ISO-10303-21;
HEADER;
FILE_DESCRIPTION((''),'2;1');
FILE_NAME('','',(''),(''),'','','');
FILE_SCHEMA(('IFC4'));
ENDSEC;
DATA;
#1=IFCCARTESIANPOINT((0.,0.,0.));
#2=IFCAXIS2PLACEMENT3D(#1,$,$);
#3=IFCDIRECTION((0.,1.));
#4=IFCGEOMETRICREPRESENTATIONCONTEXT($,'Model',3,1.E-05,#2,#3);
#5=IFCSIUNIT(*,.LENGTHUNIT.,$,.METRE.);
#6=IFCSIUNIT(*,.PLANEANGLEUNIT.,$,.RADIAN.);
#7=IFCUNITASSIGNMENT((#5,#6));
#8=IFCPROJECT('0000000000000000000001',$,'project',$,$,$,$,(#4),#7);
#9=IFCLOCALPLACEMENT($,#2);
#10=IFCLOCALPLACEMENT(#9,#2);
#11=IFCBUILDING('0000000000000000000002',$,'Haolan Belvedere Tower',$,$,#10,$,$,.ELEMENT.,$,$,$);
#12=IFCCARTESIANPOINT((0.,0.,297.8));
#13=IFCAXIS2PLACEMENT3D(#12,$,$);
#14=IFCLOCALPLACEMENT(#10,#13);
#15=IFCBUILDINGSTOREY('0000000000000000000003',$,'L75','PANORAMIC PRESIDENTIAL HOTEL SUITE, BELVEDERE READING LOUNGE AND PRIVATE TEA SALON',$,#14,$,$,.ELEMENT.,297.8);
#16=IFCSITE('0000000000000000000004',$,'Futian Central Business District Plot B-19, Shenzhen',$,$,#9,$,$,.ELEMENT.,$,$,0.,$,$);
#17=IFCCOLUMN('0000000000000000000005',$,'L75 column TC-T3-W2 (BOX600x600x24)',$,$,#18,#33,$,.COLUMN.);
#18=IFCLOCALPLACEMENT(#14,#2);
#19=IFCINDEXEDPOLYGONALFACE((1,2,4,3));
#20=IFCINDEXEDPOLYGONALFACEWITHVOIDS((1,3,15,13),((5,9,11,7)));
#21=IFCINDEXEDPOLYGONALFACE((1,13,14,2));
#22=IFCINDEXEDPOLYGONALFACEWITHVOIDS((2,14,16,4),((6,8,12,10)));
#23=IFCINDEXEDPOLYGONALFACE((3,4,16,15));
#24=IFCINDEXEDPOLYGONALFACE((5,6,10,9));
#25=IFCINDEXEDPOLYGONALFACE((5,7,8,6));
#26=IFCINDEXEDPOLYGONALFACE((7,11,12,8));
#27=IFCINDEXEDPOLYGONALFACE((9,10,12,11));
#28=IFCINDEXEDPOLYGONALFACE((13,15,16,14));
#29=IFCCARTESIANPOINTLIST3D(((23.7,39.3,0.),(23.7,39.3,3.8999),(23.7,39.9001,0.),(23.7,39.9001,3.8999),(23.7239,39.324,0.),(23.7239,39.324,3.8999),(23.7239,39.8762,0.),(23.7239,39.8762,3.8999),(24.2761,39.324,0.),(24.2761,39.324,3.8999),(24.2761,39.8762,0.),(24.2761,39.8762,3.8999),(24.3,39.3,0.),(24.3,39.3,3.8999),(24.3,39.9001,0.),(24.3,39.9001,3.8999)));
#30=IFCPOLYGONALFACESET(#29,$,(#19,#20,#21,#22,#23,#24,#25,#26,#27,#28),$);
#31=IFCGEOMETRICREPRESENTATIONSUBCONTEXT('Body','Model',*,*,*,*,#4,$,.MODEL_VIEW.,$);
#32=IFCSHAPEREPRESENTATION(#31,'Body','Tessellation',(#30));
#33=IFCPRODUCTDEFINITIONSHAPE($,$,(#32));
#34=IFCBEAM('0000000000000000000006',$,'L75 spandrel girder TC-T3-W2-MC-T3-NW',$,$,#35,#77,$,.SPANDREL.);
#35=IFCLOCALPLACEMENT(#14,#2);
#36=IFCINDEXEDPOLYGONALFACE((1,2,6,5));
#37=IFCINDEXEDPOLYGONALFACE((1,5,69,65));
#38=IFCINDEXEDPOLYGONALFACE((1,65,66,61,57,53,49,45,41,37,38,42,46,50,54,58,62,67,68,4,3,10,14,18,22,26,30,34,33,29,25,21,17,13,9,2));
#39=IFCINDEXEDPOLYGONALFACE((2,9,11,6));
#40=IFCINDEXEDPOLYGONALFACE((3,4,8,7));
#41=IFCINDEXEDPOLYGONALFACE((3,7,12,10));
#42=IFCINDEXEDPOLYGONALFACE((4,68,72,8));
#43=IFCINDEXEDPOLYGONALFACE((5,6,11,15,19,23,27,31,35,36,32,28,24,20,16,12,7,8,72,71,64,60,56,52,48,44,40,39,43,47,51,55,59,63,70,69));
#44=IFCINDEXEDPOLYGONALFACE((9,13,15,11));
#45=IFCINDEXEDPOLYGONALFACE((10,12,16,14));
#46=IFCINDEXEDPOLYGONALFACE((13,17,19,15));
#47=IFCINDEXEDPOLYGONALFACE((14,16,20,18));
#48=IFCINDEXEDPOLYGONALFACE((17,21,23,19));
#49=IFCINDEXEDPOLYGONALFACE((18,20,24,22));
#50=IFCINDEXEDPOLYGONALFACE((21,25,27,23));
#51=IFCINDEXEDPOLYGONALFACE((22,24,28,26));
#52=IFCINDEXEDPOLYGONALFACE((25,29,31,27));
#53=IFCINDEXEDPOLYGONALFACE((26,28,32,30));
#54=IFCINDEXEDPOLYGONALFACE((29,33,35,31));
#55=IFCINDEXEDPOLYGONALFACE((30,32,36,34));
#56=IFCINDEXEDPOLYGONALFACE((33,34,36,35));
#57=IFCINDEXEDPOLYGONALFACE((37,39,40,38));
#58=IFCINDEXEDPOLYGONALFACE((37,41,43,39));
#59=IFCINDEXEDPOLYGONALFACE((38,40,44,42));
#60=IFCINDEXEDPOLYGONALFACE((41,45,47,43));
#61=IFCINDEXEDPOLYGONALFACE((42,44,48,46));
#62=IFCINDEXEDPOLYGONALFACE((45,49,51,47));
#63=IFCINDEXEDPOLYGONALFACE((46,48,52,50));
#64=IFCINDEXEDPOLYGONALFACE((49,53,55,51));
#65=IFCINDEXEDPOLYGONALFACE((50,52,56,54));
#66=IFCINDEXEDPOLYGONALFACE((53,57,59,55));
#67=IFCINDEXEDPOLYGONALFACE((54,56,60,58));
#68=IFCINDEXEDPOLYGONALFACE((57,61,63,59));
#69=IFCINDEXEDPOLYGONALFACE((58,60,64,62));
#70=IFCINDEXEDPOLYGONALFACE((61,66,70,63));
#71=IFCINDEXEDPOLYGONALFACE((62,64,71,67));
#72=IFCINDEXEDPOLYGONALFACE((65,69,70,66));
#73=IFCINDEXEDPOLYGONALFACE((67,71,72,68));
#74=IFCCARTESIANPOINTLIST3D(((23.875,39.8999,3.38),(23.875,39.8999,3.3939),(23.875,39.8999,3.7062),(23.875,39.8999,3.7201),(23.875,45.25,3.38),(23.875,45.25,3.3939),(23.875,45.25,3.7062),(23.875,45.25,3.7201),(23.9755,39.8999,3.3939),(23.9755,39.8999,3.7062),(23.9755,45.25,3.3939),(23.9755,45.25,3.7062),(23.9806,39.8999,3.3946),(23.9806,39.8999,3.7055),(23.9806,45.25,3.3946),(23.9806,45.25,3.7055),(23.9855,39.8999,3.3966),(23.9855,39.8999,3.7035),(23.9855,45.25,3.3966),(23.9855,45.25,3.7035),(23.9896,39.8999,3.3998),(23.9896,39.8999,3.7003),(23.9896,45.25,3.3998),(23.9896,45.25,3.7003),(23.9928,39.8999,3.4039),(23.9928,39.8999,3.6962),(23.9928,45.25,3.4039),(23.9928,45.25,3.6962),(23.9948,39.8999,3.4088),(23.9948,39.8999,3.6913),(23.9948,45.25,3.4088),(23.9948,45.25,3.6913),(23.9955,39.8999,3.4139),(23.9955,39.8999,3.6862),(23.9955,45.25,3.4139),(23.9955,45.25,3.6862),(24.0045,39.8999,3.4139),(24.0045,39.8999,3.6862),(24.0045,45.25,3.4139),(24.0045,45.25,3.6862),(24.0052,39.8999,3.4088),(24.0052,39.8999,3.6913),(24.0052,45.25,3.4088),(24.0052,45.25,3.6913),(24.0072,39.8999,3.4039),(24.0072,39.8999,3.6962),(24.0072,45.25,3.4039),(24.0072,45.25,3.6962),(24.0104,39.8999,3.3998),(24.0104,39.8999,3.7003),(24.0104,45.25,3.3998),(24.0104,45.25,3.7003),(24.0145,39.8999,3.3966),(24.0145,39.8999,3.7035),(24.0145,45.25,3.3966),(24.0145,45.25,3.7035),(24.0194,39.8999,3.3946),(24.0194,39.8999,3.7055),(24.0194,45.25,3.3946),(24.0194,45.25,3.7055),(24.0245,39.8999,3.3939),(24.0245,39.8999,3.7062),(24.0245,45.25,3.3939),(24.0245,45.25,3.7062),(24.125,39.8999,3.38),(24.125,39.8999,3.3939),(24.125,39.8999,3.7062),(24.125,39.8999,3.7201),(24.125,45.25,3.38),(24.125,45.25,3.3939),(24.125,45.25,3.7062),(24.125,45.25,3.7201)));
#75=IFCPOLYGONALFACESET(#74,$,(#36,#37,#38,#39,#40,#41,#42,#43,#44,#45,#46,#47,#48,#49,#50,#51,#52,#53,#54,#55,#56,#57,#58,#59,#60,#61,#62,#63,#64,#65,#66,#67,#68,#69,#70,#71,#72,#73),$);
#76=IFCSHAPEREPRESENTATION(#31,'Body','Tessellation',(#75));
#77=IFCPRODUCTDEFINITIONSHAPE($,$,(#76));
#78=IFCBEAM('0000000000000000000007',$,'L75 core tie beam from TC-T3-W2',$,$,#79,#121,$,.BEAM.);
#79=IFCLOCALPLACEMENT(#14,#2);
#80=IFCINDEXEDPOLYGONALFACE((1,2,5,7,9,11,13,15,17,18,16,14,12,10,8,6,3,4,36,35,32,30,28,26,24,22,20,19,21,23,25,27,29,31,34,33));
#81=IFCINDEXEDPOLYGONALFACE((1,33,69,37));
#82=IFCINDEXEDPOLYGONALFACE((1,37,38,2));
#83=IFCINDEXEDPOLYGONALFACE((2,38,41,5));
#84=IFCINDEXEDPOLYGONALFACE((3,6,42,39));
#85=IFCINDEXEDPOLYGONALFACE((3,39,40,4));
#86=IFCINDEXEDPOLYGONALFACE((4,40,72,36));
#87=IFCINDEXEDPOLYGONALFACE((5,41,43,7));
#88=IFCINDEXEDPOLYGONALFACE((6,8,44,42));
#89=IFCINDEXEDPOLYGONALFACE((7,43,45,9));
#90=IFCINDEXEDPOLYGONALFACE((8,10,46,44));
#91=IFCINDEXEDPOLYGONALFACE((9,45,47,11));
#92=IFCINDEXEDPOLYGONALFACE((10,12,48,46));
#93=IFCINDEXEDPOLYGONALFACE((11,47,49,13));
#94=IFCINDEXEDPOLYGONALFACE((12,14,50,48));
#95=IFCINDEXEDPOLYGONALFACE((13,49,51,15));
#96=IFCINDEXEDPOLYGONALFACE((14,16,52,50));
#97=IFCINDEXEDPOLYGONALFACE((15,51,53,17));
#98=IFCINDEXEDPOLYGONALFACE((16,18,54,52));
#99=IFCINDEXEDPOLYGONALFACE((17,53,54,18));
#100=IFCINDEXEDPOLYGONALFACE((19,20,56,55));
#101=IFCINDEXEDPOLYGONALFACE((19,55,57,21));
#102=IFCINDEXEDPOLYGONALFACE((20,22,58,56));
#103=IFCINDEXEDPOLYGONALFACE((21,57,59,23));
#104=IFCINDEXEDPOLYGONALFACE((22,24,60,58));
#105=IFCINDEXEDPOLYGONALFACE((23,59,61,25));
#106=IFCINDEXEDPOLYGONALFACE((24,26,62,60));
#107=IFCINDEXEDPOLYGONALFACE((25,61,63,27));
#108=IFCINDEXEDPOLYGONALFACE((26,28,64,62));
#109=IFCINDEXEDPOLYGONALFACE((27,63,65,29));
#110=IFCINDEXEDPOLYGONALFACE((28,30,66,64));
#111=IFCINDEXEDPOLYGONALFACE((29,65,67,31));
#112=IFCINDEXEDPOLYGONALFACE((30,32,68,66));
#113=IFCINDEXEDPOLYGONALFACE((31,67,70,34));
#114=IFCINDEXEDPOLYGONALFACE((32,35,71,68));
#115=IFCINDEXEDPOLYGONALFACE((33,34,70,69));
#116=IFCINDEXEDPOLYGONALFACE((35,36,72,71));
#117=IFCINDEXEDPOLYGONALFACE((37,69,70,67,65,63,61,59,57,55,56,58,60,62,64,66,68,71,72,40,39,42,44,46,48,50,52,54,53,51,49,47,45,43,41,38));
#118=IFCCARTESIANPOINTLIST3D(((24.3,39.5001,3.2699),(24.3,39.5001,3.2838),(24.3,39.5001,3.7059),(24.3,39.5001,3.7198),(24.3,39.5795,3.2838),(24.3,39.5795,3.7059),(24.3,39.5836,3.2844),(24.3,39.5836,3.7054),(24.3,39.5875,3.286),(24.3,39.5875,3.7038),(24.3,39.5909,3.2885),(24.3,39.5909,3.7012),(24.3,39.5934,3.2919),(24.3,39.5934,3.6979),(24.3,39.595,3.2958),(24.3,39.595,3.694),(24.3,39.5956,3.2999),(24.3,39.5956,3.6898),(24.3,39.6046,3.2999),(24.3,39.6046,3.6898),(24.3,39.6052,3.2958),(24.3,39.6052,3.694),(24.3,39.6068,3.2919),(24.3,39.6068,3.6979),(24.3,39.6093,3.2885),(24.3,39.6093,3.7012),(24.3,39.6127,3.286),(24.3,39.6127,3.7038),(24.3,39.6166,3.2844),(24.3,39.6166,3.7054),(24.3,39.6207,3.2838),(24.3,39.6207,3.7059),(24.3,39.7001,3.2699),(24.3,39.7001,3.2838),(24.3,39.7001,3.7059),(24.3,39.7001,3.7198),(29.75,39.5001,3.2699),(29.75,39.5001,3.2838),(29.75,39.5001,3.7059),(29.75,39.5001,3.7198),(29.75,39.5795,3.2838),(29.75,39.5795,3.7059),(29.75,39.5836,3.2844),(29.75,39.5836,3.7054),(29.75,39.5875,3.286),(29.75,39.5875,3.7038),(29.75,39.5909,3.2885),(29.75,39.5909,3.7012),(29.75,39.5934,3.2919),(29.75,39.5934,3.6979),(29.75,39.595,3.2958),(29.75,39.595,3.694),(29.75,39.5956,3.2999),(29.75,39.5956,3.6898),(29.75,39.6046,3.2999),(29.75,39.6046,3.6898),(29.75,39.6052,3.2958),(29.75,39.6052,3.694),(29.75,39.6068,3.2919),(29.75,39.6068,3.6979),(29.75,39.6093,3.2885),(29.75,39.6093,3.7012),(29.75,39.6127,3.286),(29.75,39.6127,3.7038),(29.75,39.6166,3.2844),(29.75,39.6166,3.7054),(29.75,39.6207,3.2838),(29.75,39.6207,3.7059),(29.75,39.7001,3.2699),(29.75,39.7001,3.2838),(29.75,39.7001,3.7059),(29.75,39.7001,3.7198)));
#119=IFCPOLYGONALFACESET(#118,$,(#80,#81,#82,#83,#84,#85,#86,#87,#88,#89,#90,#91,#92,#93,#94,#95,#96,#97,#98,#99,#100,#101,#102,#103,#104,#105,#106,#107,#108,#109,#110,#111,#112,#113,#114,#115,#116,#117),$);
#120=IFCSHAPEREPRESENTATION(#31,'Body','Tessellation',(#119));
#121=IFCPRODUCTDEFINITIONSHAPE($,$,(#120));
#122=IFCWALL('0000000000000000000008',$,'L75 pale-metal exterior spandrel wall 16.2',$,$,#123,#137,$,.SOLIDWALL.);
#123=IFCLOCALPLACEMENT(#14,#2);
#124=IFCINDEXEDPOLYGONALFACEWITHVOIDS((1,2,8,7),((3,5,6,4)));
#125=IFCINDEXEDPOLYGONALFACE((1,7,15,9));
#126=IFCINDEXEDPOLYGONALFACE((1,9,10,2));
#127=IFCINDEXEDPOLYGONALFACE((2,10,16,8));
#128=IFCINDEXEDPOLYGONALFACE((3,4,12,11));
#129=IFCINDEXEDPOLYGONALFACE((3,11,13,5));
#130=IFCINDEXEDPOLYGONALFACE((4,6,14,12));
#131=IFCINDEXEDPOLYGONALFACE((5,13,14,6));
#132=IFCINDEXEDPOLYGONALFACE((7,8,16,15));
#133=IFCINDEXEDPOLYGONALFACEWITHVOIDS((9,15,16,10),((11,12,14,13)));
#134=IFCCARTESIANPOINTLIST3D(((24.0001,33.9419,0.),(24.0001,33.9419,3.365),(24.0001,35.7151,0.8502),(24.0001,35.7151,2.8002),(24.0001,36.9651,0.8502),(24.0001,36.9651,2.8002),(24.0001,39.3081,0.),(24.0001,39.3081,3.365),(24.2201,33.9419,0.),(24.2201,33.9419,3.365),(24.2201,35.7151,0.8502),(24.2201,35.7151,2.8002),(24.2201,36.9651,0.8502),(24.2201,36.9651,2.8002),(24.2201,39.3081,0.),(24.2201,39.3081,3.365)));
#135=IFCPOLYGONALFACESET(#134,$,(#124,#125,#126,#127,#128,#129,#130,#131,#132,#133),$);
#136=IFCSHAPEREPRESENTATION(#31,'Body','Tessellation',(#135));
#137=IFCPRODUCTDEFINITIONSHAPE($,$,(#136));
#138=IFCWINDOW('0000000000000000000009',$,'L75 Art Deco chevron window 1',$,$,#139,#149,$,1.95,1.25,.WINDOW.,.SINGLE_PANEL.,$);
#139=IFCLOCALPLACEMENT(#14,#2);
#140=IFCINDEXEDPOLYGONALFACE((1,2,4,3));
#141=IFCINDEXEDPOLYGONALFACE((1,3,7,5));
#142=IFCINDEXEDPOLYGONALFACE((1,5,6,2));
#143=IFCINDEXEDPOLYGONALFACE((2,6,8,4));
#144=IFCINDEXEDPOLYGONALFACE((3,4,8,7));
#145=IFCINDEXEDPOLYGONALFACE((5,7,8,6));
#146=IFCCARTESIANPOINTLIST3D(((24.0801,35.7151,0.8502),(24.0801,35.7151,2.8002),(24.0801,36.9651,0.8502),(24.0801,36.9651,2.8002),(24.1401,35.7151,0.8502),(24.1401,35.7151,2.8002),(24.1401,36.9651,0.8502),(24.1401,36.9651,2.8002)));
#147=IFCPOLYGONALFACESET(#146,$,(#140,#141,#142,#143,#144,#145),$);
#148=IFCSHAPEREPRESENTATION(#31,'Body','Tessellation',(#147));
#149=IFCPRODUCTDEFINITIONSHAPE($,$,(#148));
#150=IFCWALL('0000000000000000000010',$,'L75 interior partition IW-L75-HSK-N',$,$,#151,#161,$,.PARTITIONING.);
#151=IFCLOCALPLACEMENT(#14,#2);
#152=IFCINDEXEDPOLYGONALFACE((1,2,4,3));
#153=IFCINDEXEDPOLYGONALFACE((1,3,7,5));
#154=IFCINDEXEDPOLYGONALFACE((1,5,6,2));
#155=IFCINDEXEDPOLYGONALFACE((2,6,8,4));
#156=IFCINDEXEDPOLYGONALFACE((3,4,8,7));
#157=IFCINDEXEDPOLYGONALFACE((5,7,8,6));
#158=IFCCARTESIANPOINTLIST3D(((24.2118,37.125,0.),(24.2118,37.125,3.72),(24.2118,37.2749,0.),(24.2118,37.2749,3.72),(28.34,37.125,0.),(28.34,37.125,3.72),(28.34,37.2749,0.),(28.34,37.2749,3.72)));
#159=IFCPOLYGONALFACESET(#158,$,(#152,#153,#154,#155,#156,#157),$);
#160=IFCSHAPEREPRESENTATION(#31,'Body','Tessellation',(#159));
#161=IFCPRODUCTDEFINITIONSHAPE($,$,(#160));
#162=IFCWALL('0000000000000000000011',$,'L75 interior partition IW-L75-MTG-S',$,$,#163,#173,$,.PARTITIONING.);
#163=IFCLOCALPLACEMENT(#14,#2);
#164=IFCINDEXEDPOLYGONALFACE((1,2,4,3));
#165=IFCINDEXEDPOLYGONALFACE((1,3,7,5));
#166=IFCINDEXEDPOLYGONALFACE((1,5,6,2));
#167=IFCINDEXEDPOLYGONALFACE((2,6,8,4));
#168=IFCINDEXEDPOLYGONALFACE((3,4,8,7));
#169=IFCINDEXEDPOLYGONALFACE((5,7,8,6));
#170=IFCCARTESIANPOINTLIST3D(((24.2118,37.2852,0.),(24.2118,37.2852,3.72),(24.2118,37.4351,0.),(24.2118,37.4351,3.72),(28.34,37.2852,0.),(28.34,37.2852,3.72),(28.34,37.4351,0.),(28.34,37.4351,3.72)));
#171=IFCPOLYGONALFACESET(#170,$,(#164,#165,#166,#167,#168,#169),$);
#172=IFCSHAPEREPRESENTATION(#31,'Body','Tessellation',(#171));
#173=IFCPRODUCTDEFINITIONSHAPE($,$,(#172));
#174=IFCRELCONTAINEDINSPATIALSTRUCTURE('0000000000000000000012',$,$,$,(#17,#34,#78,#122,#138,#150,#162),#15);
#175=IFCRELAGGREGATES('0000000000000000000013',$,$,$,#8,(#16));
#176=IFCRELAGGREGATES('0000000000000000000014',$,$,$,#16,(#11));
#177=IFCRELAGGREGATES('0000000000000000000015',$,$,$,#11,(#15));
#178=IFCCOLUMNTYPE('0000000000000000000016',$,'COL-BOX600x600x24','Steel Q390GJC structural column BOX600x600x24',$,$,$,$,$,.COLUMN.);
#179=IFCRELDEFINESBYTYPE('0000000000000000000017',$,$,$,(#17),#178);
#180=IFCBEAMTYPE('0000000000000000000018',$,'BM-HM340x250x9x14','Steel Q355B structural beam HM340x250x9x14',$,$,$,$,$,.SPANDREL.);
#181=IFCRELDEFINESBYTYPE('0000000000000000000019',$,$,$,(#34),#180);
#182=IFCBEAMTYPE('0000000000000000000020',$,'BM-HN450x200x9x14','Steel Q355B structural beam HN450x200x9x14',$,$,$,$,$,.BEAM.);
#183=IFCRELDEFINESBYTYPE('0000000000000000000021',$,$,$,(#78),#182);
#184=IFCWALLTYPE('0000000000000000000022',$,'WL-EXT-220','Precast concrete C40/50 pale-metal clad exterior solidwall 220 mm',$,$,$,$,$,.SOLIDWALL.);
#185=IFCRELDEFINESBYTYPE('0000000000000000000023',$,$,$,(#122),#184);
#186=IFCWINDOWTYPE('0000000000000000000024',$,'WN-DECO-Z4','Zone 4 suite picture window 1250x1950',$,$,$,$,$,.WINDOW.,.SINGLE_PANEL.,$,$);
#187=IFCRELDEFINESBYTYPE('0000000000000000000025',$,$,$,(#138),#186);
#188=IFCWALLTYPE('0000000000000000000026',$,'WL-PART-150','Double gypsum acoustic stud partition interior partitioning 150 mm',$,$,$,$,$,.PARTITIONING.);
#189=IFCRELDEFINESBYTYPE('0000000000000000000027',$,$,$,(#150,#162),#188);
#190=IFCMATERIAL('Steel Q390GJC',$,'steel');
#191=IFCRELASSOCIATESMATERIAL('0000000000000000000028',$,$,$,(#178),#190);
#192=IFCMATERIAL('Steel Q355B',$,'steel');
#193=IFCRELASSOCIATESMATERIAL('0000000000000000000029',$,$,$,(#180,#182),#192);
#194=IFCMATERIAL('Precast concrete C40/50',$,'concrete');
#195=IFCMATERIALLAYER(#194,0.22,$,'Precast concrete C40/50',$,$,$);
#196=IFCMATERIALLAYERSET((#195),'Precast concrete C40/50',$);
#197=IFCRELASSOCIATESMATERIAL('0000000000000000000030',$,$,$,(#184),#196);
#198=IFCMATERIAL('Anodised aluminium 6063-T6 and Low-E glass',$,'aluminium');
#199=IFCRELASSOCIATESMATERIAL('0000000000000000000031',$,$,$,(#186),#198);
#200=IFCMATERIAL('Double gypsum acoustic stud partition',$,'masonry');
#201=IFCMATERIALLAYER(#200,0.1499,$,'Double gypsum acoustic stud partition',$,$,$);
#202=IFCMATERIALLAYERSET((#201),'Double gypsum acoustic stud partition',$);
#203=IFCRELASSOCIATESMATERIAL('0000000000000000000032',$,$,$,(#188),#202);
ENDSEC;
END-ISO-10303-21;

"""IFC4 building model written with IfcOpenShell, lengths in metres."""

from ifc_helpers import new_model, si_unit, direction, frame, frame_2d, origin, origin_2d, place, context, subcontext, project, spatial, rectangle, hollow_rectangle, i_section, extrude, material, layer, layer_set, material_profile, profile_set, type_object, element, fill, save


model = new_model("IFC4")

# Units and contexts
model_context = context("Model", 3, precision=1e-05, world=origin(), true_north=direction((0.0, 1.0)))
body_context = subcontext(model_context, "Body", "Model", "MODEL_VIEW")
ifc_project = project(units=[si_unit("LENGTHUNIT", "METRE"), si_unit("PLANEANGLEUNIT", "RADIAN")], contexts=[model_context])

# Site, building, storey
site_placement = place(None, origin())
site = spatial("IfcSite", under=ifc_project, at=site_placement, Name="Futian Central Business District Plot B-19, Shenzhen", CompositionType="ELEMENT", RefElevation=0.0)
building_placement = place(site_placement, origin())
building = spatial("IfcBuilding", under=site, at=building_placement, Name="Haolan Belvedere Tower", CompositionType="ELEMENT")
storey_placement = place(building_placement, frame((0.0, 0.0, 297.8)))
storey = spatial("IfcBuildingStorey", under=building, at=storey_placement, Name="L75", Description="PANORAMIC PRESIDENTIAL HOTEL SUITE, BELVEDERE READING LOUNGE AND PRIVATE TEA SALON", CompositionType="ELEMENT", Elevation=297.8)

# Column
ifc_material_1 = material(Name="Steel Q390GJC", Category="steel")
ifc_material_profile_1 = material_profile(ifc_material_1, hollow_rectangle(XDim=0.6001, YDim=0.6001, WallThickness=0.0239, at=origin_2d()), Name="Steel Q390GJC")
ifc_profile_set_1 = profile_set([ifc_material_profile_1], Name="Steel Q390GJC")
column_type = type_object("IfcColumnType", Name="COL-BOX600x600x24", Description="Steel Q390GJC structural column BOX600x600x24", PredefinedType="COLUMN", material=ifc_profile_set_1)
column_placement = place(storey_placement, frame((24.0, 39.6001, 0.0), z_axis=(0.0, 0.0, 1.0), x_axis=(1.0, 0.0, 0.0)))
element("IfcColumn", 1, at=column_placement, inside=storey, type_object=column_type, Name="L75 column TC-T3-W2 (BOX600x600x24)", PredefinedType="COLUMN", context=body_context, shape_type="SweptSolid", body=[
    extrude(hollow_rectangle(XDim=0.6001, YDim=0.6001, WallThickness=0.0239, at=origin_2d()), origin(), (0.0, 0.0, 1.0), 3.8999),
])

# Beams
ifc_material_2 = material(Name="Steel Q355B", Category="steel")
ifc_material_profile_2 = material_profile(ifc_material_2, i_section(OverallWidth=0.25, OverallDepth=0.3401, WebThickness=0.009, FlangeThickness=0.0139, FilletRadius=0.02, at=origin_2d()), Name="Steel Q355B")
ifc_profile_set_2 = profile_set([ifc_material_profile_2], Name="Steel Q355B")
beam_type_1 = type_object("IfcBeamType", Name="BM-HM340x250x9x14", Description="Steel Q355B structural beam HM340x250x9x14", PredefinedType="SPANDREL", material=ifc_profile_set_2)
beam_1_placement = place(storey_placement, frame((24.0, 39.8999, 3.55), z_axis=(0.0, 1.0, 0.0), x_axis=(-1.0, 0.0, 0.0)))
element("IfcBeam", 2, at=beam_1_placement, inside=storey, type_object=beam_type_1, Name="L75 spandrel girder TC-T3-W2-MC-T3-NW", PredefinedType="SPANDREL", context=body_context, shape_type="SweptSolid", body=[
    extrude(i_section(OverallWidth=0.25, OverallDepth=0.3401, WebThickness=0.009, FlangeThickness=0.0139, FilletRadius=0.02, at=origin_2d()), origin(), (0.0, 0.0, 1.0), 5.3501),
])
ifc_material_profile_3 = material_profile(ifc_material_2, i_section(OverallWidth=0.2, OverallDepth=0.45, WebThickness=0.009, FlangeThickness=0.0139, FilletRadius=0.0161, at=origin_2d()), Name="Steel Q355B")
ifc_profile_set_3 = profile_set([ifc_material_profile_3], Name="Steel Q355B")
beam_type_2 = type_object("IfcBeamType", Name="BM-HN450x200x9x14", Description="Steel Q355B structural beam HN450x200x9x14", PredefinedType="BEAM", material=ifc_profile_set_3)
beam_2_placement = place(storey_placement, frame((24.3, 39.6001, 3.4949), z_axis=(1.0, 0.0, 0.0), x_axis=(0.0, 1.0, 0.0)))
element("IfcBeam", 3, at=beam_2_placement, inside=storey, type_object=beam_type_2, Name="L75 core tie beam from TC-T3-W2", PredefinedType="BEAM", context=body_context, shape_type="SweptSolid", body=[
    extrude(i_section(OverallWidth=0.2, OverallDepth=0.45, WebThickness=0.009, FlangeThickness=0.0139, FilletRadius=0.0161, at=origin_2d()), origin(), (0.0, 0.0, 1.0), 5.45),
])

# Wall, opening, window
ifc_material_3 = material(Name="Precast concrete C40/50", Category="concrete")
ifc_layer_1 = layer(ifc_material_3, 0.22, Name="Precast concrete C40/50")
ifc_layer_set_1 = layer_set([ifc_layer_1], Name="Precast concrete C40/50")
wall_type_1 = type_object("IfcWallType", Name="WL-EXT-220", Description="Precast concrete C40/50 pale-metal clad exterior solidwall 220 mm", PredefinedType="SOLIDWALL", material=ifc_layer_set_1)
wall_1_placement = place(storey_placement, frame((24.1101, 39.3081, 0.0), z_axis=(0.0, 0.0, 1.0), x_axis=(0.0, -1.0, 0.0)))
wall_1 = element("IfcWall", 4, at=wall_1_placement, inside=storey, type_object=wall_type_1, Name="L75 pale-metal exterior spandrel wall 16.2", PredefinedType="SOLIDWALL", context=body_context, shape_type="SweptSolid", body=[
    extrude(rectangle(XDim=5.3662, YDim=0.22, at=frame_2d((2.6831, 0.0))), origin(), (0.0, 0.0, 1.0), 3.365),
])
opening_1_placement = place(wall_1_placement, frame((2.343, 0.0, 0.8501)))
opening_1 = element("IfcOpeningElement", 5, at=opening_1_placement, cuts=wall_1, PredefinedType="OPENING", context=body_context, shape_type="SweptSolid", body=[
    extrude(rectangle(XDim=1.25, YDim=1.95, at=frame_2d((0.625, 0.9751))), frame((0.0, 0.1199, 0.0), z_axis=(0.0, -1.0, 0.0), x_axis=(1.0, 0.0, 0.0)), (0.0, 0.0, 1.0), 0.24),
])
ifc_material_4 = material(Name="Anodised aluminium 6063-T6 and Low-E glass", Category="aluminium")
window_type = type_object("IfcWindowType", Name="WN-DECO-Z4", Description="Zone 4 suite picture window 1250x1950", PartitioningType="SINGLE_PANEL", PredefinedType="WINDOW", material=ifc_material_4)
window_placement = place(opening_1_placement, origin())
window = element("IfcWindow", 6, at=window_placement, inside=storey, type_object=window_type, Name="L75 Art Deco chevron window 1", OverallHeight=1.95, OverallWidth=1.25, PartitioningType="SINGLE_PANEL", PredefinedType="WINDOW", context=body_context, shape_type="SweptSolid", body=[
    extrude(rectangle(XDim=1.25, YDim=1.95, at=frame_2d((0.625, 0.9751))), frame((0.0, 0.03, 0.0), z_axis=(0.0, -1.0, 0.0), x_axis=(1.0, 0.0, 0.0)), (0.0, 0.0, 1.0), 0.0601),
])
fill(opening_1, window)

# Walls
ifc_material_5 = material(Name="Double gypsum acoustic stud partition", Category="masonry")
ifc_layer_2 = layer(ifc_material_5, 0.1499, Name="Double gypsum acoustic stud partition")
ifc_layer_set_2 = layer_set([ifc_layer_2], Name="Double gypsum acoustic stud partition")
wall_type_2 = type_object("IfcWallType", Name="WL-PART-150", Description="Double gypsum acoustic stud partition interior partitioning 150 mm", PredefinedType="PARTITIONING", material=ifc_layer_set_2)
for number, where, z_axis, x_axis, name in (
    (7, (24.2119, 37.2, 0.0), (0.0, 0.0, 1.0), (1.0, 0.0, 0.0), "L75 interior partition IW-L75-HSK-N"),
    (8, (24.2119, 37.3601, 0.0), (0.0, 0.0, 1.0), (1.0, 0.0, 0.0), "L75 interior partition IW-L75-MTG-S"),
):
    element("IfcWall", number, at=place(storey_placement, frame(where, z_axis=z_axis, x_axis=x_axis)), inside=storey, type_object=wall_type_2, Name=name, PredefinedType="PARTITIONING", context=body_context, shape_type="SweptSolid", body=[
        extrude(rectangle(XDim=4.1282, YDim=0.1499, at=frame_2d((2.064, 0.0))), origin(), (0.0, 0.0, 1.0), 3.72),
    ])

save(model, "model.ifc")
